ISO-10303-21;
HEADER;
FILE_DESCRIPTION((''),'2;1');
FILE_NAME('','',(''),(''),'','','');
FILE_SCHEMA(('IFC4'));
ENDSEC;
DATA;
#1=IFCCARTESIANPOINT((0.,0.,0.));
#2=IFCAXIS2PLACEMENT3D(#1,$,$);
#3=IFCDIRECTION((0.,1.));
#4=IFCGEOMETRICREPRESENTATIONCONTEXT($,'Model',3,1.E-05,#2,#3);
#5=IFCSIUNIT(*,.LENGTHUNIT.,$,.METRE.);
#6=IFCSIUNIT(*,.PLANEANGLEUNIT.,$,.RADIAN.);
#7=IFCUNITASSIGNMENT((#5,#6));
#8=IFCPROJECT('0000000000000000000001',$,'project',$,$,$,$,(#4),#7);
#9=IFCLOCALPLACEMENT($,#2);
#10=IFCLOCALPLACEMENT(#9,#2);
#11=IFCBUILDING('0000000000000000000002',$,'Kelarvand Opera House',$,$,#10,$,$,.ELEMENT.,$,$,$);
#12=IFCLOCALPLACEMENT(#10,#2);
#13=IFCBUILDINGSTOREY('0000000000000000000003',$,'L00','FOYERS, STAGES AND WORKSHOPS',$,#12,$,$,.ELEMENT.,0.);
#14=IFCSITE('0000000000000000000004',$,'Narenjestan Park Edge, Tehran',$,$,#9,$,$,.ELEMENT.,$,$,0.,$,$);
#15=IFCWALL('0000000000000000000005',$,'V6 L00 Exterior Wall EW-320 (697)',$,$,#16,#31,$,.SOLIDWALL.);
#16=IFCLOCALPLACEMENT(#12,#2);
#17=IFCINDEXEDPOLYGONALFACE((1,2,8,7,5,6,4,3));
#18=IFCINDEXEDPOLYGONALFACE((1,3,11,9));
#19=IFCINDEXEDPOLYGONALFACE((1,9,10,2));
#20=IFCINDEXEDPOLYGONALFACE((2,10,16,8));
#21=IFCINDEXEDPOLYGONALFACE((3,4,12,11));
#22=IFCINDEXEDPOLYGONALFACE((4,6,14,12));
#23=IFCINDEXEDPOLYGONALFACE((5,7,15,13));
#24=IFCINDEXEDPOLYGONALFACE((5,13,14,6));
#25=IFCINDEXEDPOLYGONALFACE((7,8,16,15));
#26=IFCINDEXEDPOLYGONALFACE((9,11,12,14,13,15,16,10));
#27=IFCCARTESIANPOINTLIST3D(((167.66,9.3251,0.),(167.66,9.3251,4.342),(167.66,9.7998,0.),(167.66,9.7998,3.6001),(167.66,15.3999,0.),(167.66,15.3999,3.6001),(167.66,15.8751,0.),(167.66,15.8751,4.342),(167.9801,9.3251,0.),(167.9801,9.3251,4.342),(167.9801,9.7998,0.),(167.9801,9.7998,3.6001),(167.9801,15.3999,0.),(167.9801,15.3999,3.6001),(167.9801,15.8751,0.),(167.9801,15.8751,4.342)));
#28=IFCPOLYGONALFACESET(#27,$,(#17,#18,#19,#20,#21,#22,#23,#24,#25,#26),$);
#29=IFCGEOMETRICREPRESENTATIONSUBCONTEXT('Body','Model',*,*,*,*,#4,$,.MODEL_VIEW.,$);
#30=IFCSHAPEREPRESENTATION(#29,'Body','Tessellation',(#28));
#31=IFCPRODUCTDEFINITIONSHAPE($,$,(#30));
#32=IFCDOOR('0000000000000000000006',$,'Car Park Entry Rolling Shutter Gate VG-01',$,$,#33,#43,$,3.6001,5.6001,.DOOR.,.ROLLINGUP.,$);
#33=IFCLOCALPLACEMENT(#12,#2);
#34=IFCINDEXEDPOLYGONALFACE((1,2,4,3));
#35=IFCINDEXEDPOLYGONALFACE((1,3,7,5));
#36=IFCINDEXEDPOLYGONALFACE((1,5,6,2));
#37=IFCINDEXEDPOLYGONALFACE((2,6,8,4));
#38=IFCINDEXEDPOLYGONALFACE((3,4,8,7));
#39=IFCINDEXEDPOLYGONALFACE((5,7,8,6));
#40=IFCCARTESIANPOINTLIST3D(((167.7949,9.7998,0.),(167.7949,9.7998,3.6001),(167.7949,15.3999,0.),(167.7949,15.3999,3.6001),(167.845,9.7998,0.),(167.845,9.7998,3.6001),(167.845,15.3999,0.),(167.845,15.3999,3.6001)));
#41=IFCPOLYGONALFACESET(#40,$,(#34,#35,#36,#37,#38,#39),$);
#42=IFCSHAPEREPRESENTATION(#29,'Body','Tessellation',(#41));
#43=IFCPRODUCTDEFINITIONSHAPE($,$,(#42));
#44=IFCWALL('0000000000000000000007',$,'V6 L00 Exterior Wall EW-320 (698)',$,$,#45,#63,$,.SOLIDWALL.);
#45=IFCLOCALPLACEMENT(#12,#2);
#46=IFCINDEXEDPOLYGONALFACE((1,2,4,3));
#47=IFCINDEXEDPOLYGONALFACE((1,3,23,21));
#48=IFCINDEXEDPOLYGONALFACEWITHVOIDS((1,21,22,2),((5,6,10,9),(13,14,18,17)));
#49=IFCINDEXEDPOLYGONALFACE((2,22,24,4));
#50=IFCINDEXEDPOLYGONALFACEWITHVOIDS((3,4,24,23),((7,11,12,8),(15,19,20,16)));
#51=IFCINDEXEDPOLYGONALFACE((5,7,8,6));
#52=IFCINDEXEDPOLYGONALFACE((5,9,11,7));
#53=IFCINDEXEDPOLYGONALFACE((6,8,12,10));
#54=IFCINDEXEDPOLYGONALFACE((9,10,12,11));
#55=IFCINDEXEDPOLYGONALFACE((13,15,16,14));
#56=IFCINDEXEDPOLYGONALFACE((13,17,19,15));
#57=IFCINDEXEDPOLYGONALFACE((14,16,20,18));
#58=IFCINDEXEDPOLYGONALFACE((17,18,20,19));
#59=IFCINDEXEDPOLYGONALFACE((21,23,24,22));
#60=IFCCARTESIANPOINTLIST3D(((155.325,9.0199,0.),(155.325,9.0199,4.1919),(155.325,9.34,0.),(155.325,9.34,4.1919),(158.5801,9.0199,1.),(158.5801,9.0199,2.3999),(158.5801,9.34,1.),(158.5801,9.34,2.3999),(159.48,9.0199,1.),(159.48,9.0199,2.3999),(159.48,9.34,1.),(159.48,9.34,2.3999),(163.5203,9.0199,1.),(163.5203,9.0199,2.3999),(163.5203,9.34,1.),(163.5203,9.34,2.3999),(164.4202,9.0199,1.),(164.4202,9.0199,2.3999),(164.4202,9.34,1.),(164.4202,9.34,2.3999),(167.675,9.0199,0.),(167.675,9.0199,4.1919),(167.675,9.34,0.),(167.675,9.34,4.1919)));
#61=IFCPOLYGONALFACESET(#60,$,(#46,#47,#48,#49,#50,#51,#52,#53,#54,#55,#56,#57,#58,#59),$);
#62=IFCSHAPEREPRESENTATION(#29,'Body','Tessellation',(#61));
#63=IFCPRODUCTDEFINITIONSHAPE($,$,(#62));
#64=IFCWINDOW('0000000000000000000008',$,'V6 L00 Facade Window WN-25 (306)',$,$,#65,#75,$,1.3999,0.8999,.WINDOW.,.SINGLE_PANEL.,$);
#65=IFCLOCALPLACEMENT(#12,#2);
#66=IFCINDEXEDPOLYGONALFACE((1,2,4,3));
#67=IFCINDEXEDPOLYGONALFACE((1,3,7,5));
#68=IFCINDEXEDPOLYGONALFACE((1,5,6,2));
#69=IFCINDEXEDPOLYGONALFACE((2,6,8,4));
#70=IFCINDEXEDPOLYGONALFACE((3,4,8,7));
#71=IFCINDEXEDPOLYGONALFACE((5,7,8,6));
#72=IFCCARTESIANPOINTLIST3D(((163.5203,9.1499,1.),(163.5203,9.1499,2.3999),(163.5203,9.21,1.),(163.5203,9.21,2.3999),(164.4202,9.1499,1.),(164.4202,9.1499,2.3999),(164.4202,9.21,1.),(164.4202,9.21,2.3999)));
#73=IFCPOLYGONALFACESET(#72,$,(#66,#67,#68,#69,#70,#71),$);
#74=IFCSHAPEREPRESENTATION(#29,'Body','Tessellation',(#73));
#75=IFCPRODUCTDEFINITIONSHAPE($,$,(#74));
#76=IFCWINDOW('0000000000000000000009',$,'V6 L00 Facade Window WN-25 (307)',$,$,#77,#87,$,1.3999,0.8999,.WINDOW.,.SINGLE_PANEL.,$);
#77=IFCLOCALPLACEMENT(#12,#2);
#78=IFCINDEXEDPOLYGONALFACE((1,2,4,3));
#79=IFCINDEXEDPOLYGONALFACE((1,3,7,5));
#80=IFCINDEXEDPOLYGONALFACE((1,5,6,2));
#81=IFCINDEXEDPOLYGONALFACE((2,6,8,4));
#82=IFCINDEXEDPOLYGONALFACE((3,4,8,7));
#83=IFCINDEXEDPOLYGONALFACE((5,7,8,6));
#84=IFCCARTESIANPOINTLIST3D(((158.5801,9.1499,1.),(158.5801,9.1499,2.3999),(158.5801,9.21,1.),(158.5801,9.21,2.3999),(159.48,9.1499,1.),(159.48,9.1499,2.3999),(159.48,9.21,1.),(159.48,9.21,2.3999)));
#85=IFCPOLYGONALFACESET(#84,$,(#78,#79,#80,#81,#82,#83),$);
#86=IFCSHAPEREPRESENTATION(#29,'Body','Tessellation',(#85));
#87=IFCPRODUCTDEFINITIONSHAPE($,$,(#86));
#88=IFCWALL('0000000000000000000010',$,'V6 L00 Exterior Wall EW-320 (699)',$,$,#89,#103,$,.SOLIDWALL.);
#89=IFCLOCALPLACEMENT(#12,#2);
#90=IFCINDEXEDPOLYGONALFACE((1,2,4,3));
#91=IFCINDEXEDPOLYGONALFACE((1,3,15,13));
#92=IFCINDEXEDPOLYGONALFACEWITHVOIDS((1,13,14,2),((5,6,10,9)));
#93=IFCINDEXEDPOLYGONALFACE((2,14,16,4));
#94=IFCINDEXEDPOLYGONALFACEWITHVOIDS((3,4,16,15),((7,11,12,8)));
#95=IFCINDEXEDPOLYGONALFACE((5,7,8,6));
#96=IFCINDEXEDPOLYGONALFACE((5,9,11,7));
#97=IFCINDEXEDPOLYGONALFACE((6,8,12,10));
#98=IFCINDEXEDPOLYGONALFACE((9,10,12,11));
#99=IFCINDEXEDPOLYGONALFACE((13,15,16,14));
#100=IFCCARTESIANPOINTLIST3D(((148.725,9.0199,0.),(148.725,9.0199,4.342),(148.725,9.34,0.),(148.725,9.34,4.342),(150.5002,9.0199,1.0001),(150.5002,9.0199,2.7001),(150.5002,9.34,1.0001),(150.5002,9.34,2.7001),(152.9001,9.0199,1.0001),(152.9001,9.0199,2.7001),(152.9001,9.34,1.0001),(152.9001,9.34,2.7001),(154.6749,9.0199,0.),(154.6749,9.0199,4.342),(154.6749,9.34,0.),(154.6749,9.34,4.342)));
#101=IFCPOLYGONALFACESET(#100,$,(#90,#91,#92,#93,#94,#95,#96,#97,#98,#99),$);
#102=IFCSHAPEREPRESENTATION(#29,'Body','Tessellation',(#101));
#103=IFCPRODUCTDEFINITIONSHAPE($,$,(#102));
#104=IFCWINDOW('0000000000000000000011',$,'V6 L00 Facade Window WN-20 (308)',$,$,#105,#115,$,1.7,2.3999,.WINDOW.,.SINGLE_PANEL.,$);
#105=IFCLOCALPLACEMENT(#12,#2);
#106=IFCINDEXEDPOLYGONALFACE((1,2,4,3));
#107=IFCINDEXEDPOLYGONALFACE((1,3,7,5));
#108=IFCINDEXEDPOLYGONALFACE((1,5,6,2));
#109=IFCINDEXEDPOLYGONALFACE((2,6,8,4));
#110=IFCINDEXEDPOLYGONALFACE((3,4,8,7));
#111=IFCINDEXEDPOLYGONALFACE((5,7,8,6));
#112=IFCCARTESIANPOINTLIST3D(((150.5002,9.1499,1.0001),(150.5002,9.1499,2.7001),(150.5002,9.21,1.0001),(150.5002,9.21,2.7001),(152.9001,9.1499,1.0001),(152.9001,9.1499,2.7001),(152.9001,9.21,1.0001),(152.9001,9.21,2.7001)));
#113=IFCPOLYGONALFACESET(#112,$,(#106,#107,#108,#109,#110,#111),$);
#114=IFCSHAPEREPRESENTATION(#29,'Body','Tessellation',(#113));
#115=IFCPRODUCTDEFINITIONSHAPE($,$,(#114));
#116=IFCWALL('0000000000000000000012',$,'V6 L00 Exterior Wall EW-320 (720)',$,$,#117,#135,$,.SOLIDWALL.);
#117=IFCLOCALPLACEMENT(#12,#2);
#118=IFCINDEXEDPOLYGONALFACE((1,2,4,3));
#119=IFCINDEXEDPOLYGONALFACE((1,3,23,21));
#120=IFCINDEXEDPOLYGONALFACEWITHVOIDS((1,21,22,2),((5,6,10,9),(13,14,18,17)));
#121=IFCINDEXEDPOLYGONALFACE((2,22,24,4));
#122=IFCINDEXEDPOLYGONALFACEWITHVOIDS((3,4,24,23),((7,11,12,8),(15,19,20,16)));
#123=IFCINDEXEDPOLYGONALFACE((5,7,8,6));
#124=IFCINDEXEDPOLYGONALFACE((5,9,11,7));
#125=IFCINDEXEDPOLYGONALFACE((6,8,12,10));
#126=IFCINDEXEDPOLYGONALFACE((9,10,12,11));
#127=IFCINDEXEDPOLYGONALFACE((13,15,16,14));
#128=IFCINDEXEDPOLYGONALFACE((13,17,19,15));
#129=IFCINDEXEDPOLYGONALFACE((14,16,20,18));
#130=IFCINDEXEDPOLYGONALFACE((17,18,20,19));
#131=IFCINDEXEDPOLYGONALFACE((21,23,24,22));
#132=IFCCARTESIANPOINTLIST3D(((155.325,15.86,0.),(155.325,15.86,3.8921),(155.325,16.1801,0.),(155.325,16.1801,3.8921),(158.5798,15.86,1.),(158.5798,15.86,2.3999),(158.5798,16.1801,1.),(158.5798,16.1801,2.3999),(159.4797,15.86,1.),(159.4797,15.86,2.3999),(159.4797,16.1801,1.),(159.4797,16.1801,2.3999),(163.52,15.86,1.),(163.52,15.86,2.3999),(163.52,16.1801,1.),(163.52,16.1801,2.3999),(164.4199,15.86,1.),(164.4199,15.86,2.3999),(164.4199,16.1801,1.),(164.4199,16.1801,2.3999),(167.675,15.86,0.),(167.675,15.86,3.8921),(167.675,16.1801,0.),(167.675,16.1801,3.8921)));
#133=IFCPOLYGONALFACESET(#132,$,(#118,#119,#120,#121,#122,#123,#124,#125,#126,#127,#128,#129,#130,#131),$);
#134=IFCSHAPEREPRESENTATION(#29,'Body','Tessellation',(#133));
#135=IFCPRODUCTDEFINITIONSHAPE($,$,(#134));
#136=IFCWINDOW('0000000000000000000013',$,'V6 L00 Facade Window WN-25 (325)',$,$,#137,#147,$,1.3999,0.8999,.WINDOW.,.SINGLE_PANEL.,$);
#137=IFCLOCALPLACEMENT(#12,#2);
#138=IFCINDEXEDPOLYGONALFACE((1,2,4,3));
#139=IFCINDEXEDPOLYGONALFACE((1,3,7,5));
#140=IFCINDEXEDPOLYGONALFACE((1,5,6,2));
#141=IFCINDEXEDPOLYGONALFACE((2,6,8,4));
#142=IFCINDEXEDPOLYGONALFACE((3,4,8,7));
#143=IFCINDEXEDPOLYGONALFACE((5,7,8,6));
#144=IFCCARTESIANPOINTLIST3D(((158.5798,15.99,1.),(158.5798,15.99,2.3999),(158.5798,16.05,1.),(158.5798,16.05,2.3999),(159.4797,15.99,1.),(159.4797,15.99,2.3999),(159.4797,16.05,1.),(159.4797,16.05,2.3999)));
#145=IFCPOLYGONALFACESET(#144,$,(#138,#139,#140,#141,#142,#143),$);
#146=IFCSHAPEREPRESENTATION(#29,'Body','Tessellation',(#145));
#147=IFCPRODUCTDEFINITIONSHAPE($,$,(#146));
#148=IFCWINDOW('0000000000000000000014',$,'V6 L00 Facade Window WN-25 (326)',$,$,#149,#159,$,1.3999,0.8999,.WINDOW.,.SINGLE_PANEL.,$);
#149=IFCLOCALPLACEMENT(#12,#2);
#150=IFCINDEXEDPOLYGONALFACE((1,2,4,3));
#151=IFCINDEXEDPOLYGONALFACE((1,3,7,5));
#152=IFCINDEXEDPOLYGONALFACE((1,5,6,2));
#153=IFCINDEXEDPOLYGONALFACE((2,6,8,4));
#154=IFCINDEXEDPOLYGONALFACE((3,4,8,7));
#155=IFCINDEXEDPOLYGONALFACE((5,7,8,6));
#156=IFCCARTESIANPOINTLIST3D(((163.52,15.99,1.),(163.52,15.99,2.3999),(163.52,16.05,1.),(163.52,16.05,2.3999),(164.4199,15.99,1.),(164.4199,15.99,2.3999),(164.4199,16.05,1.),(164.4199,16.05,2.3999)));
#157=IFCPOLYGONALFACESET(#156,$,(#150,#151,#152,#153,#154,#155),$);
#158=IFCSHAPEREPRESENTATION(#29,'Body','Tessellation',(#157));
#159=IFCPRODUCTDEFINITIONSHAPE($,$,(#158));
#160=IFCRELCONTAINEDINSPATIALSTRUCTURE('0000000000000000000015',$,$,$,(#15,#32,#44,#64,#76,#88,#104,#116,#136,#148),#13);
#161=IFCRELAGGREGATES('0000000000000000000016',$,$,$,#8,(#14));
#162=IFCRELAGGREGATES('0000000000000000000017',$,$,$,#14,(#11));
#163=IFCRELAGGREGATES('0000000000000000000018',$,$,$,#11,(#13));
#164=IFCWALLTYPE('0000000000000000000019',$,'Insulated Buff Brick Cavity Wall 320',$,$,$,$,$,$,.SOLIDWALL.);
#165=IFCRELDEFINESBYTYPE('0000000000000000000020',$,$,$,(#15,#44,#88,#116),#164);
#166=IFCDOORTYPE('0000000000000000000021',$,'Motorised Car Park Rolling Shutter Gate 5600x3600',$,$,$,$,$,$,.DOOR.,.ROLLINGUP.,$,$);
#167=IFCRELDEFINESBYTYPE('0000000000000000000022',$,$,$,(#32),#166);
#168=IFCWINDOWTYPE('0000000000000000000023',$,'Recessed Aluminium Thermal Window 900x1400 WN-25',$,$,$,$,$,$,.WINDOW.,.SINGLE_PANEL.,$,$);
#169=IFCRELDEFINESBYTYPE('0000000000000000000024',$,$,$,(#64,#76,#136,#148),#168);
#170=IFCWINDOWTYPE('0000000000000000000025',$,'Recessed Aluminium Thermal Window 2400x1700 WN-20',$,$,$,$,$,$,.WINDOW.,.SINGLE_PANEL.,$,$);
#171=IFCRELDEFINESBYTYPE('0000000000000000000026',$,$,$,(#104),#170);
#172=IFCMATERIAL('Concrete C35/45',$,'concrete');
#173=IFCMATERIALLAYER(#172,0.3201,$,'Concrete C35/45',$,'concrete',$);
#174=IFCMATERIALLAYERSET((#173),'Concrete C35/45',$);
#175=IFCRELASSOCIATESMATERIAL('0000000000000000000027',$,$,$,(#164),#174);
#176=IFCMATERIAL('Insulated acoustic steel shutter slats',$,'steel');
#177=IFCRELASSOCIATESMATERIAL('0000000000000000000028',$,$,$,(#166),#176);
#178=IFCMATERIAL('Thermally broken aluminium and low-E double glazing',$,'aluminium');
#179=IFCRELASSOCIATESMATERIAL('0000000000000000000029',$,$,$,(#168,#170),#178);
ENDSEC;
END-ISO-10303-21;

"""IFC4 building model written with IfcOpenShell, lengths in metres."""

from ifc_helpers import new_model, si_unit, direction, frame, frame_2d, origin, place, context, subcontext, project, spatial, rectangle, extrude, material, layer, layer_set, type_object, element, fill, save


model = new_model("IFC4")

# Units and contexts
model_context = context("Model", 3, precision=1e-05, world=origin(), true_north=direction((0.0, 1.0)))
body_context = subcontext(model_context, "Body", "Model", "MODEL_VIEW")
ifc_project = project(units=[si_unit("LENGTHUNIT", "METRE"), si_unit("PLANEANGLEUNIT", "RADIAN")], contexts=[model_context])

# Site, building, storey
site_placement = place(None, origin())
site = spatial("IfcSite", under=ifc_project, at=site_placement, Name="Narenjestan Park Edge, Tehran", CompositionType="ELEMENT", RefElevation=0.0)
building_placement = place(site_placement, origin())
building = spatial("IfcBuilding", under=site, at=building_placement, Name="Kelarvand Opera House", CompositionType="ELEMENT")
storey_placement = place(building_placement, origin())
storey = spatial("IfcBuildingStorey", under=building, at=storey_placement, Name="L00", Description="FOYERS, STAGES AND WORKSHOPS", CompositionType="ELEMENT", Elevation=0.0)

# Wall, opening, door
ifc_material_1 = material(Name="Concrete C35/45", Category="concrete")
ifc_layer_1 = layer(ifc_material_1, 0.3201, Name="Concrete C35/45", Category="concrete")
ifc_layer_set_1 = layer_set([ifc_layer_1], Name="Concrete C35/45")
wall_type_1 = type_object("IfcWallType", Name="Insulated Buff Brick Cavity Wall 320", PredefinedType="SOLIDWALL", material=ifc_layer_set_1)
wall_1_placement = place(storey_placement, frame((167.8201, 15.875, 0.0), z_axis=(0.0, 0.0, 1.0), x_axis=(0.0, -1.0, 0.0)))
wall_1 = element("IfcWall", 1, at=wall_1_placement, inside=storey, type_object=wall_type_1, Name="V6 L00 Exterior Wall EW-320 (697)", PredefinedType="SOLIDWALL", context=body_context, shape_type="SweptSolid", body=[
    extrude(rectangle(XDim=6.55, YDim=0.3201, at=frame_2d((3.2749, 0.0))), origin(), (0.0, 0.0, 1.0), 4.342),
])
opening_1_placement = place(wall_1_placement, frame((0.4751, 0.0, 0.0)))
opening_1 = element("IfcOpeningElement", 2, at=opening_1_placement, cuts=wall_1, PredefinedType="OPENING", context=body_context, shape_type="SweptSolid", body=[
    extrude(rectangle(XDim=5.6001, YDim=3.6001, at=frame_2d((2.8, 1.8))), frame((0.0, 0.1699, 0.0), z_axis=(0.0, -1.0, 0.0), x_axis=(1.0, 0.0, 0.0)), (0.0, 0.0, 1.0), 0.3401),
])
ifc_material_2 = material(Name="Insulated acoustic steel shutter slats", Category="steel")
door_type = type_object("IfcDoorType", Name="Motorised Car Park Rolling Shutter Gate 5600x3600", OperationType="ROLLINGUP", PredefinedType="DOOR", material=ifc_material_2)
door_placement = place(opening_1_placement, origin())
door = element("IfcDoor", 3, at=door_placement, inside=storey, type_object=door_type, Name="Car Park Entry Rolling Shutter Gate VG-01", OperationType="ROLLINGUP", OverallHeight=3.6001, OverallWidth=5.6001, PredefinedType="DOOR", context=body_context, shape_type="SweptSolid", body=[
    extrude(rectangle(XDim=5.6001, YDim=3.6001, at=frame_2d((2.8, 1.8))), frame((0.0, 0.0249, 0.0), z_axis=(0.0, -1.0, 0.0), x_axis=(1.0, 0.0, 0.0)), (0.0, 0.0, 1.0), 0.05),
])
fill(opening_1, door)

# Wall, openings, windows
wall_2_placement = place(storey_placement, frame((167.675, 9.1799, 0.0), z_axis=(0.0, 0.0, 1.0), x_axis=(-1.0, 0.0, 0.0)))
wall_2 = element("IfcWall", 4, at=wall_2_placement, inside=storey, type_object=wall_type_1, Name="V6 L00 Exterior Wall EW-320 (698)", PredefinedType="SOLIDWALL", context=body_context, shape_type="SweptSolid", body=[
    extrude(rectangle(XDim=12.3501, YDim=0.3201, at=frame_2d((6.175, 0.0))), origin(), (0.0, 0.0, 1.0), 4.1919),
])
opening_2_placement = place(wall_2_placement, frame((3.2549, 0.0, 1.0)))
opening_2 = element("IfcOpeningElement", 5, at=opening_2_placement, cuts=wall_2, PredefinedType="OPENING", context=body_context, shape_type="SweptSolid", body=[
    extrude(rectangle(XDim=0.8999, YDim=1.3999, at=frame_2d((0.45, 0.7))), frame((0.0, 0.1699, 0.0), z_axis=(0.0, -1.0, 0.0), x_axis=(1.0, 0.0, 0.0)), (0.0, 0.0, 1.0), 0.3401),
])
opening_3_placement = place(wall_2_placement, frame((8.1951, 0.0, 1.0)))
opening_3 = element("IfcOpeningElement", 6, at=opening_3_placement, cuts=wall_2, PredefinedType="OPENING", context=body_context, shape_type="SweptSolid", body=[
    extrude(rectangle(XDim=0.8999, YDim=1.3999, at=frame_2d((0.45, 0.7))), frame((0.0, 0.1699, 0.0), z_axis=(0.0, -1.0, 0.0), x_axis=(1.0, 0.0, 0.0)), (0.0, 0.0, 1.0), 0.3401),
])
ifc_material_3 = material(Name="Thermally broken aluminium and low-E double glazing", Category="aluminium")
window_type_1 = type_object("IfcWindowType", Name="Recessed Aluminium Thermal Window 900x1400 WN-25", PartitioningType="SINGLE_PANEL", PredefinedType="WINDOW", material=ifc_material_3)
window_1_placement = place(opening_2_placement, origin())
window_1 = element("IfcWindow", 7, at=window_1_placement, inside=storey, type_object=window_type_1, Name="V6 L00 Facade Window WN-25 (306)", OverallHeight=1.3999, OverallWidth=0.8999, PartitioningType="SINGLE_PANEL", PredefinedType="WINDOW", context=body_context, shape_type="SweptSolid", body=[
    extrude(rectangle(XDim=0.8999, YDim=1.3999, at=frame_2d((0.45, 0.7))), frame((0.0, 0.03, 0.0), z_axis=(0.0, -1.0, 0.0), x_axis=(1.0, 0.0, 0.0)), (0.0, 0.0, 1.0), 0.0601),
])
fill(opening_2, window_1)
window_2_placement = place(opening_3_placement, origin())
window_2 = element("IfcWindow", 8, at=window_2_placement, inside=storey, type_object=window_type_1, Name="V6 L00 Facade Window WN-25 (307)", OverallHeight=1.3999, OverallWidth=0.8999, PartitioningType="SINGLE_PANEL", PredefinedType="WINDOW", context=body_context, shape_type="SweptSolid", body=[
    extrude(rectangle(XDim=0.8999, YDim=1.3999, at=frame_2d((0.45, 0.7))), frame((0.0, 0.03, 0.0), z_axis=(0.0, -1.0, 0.0), x_axis=(1.0, 0.0, 0.0)), (0.0, 0.0, 1.0), 0.0601),
])
fill(opening_3, window_2)

# Wall, opening, window
wall_3_placement = place(storey_placement, frame((154.675, 9.1799, 0.0), z_axis=(0.0, 0.0, 1.0), x_axis=(-1.0, 0.0, 0.0)))
wall_3 = element("IfcWall", 9, at=wall_3_placement, inside=storey, type_object=wall_type_1, Name="V6 L00 Exterior Wall EW-320 (699)", PredefinedType="SOLIDWALL", context=body_context, shape_type="SweptSolid", body=[
    extrude(rectangle(XDim=5.95, YDim=0.3201, at=frame_2d((2.9751, 0.0))), origin(), (0.0, 0.0, 1.0), 4.342),
])
opening_4_placement = place(wall_3_placement, frame((1.7749, 0.0, 1.0)))
opening_4 = element("IfcOpeningElement", 10, at=opening_4_placement, cuts=wall_3, PredefinedType="OPENING", context=body_context, shape_type="SweptSolid", body=[
    extrude(rectangle(XDim=2.3999, YDim=1.7, at=frame_2d((1.2, 0.8501))), frame((0.0, 0.1699, 0.0), z_axis=(0.0, -1.0, 0.0), x_axis=(1.0, 0.0, 0.0)), (0.0, 0.0, 1.0), 0.3401),
])
window_type_2 = type_object("IfcWindowType", Name="Recessed Aluminium Thermal Window 2400x1700 WN-20", PartitioningType="SINGLE_PANEL", PredefinedType="WINDOW", material=ifc_material_3)
window_3_placement = place(opening_4_placement, origin())
window_3 = element("IfcWindow", 11, at=window_3_placement, inside=storey, type_object=window_type_2, Name="V6 L00 Facade Window WN-20 (308)", OverallHeight=1.7, OverallWidth=2.3999, PartitioningType="SINGLE_PANEL", PredefinedType="WINDOW", context=body_context, shape_type="SweptSolid", body=[
    extrude(rectangle(XDim=2.3999, YDim=1.7, at=frame_2d((1.2, 0.8501))), frame((0.0, 0.03, 0.0), z_axis=(0.0, -1.0, 0.0), x_axis=(1.0, 0.0, 0.0)), (0.0, 0.0, 1.0), 0.0601),
])
fill(opening_4, window_3)

# Wall, openings, windows
wall_4_placement = place(storey_placement, frame((155.325, 16.02, 0.0), z_axis=(0.0, 0.0, 1.0), x_axis=(1.0, 0.0, 0.0)))
wall_4 = element("IfcWall", 12, at=wall_4_placement, inside=storey, type_object=wall_type_1, Name="V6 L00 Exterior Wall EW-320 (720)", PredefinedType="SOLIDWALL", context=body_context, shape_type="SweptSolid", body=[
    extrude(rectangle(XDim=12.3501, YDim=0.3201, at=frame_2d((6.175, 0.0))), origin(), (0.0, 0.0, 1.0), 3.8921),
])
opening_5_placement = place(wall_4_placement, frame((3.2549, 0.0, 1.0)))
opening_5 = element("IfcOpeningElement", 13, at=opening_5_placement, cuts=wall_4, PredefinedType="OPENING", context=body_context, shape_type="SweptSolid", body=[
    extrude(rectangle(XDim=0.8999, YDim=1.3999, at=frame_2d((0.45, 0.7))), frame((0.0, 0.1699, 0.0), z_axis=(0.0, -1.0, 0.0), x_axis=(1.0, 0.0, 0.0)), (0.0, 0.0, 1.0), 0.3401),
])
opening_6_placement = place(wall_4_placement, frame((8.1951, 0.0, 1.0)))
opening_6 = element("IfcOpeningElement", 14, at=opening_6_placement, cuts=wall_4, PredefinedType="OPENING", context=body_context, shape_type="SweptSolid", body=[
    extrude(rectangle(XDim=0.8999, YDim=1.3999, at=frame_2d((0.45, 0.7))), frame((0.0, 0.1699, 0.0), z_axis=(0.0, -1.0, 0.0), x_axis=(1.0, 0.0, 0.0)), (0.0, 0.0, 1.0), 0.3401),
])
window_4_placement = place(opening_5_placement, origin())
window_4 = element("IfcWindow", 15, at=window_4_placement, inside=storey, type_object=window_type_1, Name="V6 L00 Facade Window WN-25 (325)", OverallHeight=1.3999, OverallWidth=0.8999, PartitioningType="SINGLE_PANEL", PredefinedType="WINDOW", context=body_context, shape_type="SweptSolid", body=[
    extrude(rectangle(XDim=0.8999, YDim=1.3999, at=frame_2d((0.45, 0.7))), frame((0.0, 0.03, 0.0), z_axis=(0.0, -1.0, 0.0), x_axis=(1.0, 0.0, 0.0)), (0.0, 0.0, 1.0), 0.0601),
])
fill(opening_5, window_4)
window_5_placement = place(opening_6_placement, origin())
window_5 = element("IfcWindow", 16, at=window_5_placement, inside=storey, type_object=window_type_1, Name="V6 L00 Facade Window WN-25 (326)", OverallHeight=1.3999, OverallWidth=0.8999, PartitioningType="SINGLE_PANEL", PredefinedType="WINDOW", context=body_context, shape_type="SweptSolid", body=[
    extrude(rectangle(XDim=0.8999, YDim=1.3999, at=frame_2d((0.45, 0.7))), frame((0.0, 0.03, 0.0), z_axis=(0.0, -1.0, 0.0), x_axis=(1.0, 0.0, 0.0)), (0.0, 0.0, 1.0), 0.0601),
])
fill(opening_6, window_5)

save(model, "model.ifc")
